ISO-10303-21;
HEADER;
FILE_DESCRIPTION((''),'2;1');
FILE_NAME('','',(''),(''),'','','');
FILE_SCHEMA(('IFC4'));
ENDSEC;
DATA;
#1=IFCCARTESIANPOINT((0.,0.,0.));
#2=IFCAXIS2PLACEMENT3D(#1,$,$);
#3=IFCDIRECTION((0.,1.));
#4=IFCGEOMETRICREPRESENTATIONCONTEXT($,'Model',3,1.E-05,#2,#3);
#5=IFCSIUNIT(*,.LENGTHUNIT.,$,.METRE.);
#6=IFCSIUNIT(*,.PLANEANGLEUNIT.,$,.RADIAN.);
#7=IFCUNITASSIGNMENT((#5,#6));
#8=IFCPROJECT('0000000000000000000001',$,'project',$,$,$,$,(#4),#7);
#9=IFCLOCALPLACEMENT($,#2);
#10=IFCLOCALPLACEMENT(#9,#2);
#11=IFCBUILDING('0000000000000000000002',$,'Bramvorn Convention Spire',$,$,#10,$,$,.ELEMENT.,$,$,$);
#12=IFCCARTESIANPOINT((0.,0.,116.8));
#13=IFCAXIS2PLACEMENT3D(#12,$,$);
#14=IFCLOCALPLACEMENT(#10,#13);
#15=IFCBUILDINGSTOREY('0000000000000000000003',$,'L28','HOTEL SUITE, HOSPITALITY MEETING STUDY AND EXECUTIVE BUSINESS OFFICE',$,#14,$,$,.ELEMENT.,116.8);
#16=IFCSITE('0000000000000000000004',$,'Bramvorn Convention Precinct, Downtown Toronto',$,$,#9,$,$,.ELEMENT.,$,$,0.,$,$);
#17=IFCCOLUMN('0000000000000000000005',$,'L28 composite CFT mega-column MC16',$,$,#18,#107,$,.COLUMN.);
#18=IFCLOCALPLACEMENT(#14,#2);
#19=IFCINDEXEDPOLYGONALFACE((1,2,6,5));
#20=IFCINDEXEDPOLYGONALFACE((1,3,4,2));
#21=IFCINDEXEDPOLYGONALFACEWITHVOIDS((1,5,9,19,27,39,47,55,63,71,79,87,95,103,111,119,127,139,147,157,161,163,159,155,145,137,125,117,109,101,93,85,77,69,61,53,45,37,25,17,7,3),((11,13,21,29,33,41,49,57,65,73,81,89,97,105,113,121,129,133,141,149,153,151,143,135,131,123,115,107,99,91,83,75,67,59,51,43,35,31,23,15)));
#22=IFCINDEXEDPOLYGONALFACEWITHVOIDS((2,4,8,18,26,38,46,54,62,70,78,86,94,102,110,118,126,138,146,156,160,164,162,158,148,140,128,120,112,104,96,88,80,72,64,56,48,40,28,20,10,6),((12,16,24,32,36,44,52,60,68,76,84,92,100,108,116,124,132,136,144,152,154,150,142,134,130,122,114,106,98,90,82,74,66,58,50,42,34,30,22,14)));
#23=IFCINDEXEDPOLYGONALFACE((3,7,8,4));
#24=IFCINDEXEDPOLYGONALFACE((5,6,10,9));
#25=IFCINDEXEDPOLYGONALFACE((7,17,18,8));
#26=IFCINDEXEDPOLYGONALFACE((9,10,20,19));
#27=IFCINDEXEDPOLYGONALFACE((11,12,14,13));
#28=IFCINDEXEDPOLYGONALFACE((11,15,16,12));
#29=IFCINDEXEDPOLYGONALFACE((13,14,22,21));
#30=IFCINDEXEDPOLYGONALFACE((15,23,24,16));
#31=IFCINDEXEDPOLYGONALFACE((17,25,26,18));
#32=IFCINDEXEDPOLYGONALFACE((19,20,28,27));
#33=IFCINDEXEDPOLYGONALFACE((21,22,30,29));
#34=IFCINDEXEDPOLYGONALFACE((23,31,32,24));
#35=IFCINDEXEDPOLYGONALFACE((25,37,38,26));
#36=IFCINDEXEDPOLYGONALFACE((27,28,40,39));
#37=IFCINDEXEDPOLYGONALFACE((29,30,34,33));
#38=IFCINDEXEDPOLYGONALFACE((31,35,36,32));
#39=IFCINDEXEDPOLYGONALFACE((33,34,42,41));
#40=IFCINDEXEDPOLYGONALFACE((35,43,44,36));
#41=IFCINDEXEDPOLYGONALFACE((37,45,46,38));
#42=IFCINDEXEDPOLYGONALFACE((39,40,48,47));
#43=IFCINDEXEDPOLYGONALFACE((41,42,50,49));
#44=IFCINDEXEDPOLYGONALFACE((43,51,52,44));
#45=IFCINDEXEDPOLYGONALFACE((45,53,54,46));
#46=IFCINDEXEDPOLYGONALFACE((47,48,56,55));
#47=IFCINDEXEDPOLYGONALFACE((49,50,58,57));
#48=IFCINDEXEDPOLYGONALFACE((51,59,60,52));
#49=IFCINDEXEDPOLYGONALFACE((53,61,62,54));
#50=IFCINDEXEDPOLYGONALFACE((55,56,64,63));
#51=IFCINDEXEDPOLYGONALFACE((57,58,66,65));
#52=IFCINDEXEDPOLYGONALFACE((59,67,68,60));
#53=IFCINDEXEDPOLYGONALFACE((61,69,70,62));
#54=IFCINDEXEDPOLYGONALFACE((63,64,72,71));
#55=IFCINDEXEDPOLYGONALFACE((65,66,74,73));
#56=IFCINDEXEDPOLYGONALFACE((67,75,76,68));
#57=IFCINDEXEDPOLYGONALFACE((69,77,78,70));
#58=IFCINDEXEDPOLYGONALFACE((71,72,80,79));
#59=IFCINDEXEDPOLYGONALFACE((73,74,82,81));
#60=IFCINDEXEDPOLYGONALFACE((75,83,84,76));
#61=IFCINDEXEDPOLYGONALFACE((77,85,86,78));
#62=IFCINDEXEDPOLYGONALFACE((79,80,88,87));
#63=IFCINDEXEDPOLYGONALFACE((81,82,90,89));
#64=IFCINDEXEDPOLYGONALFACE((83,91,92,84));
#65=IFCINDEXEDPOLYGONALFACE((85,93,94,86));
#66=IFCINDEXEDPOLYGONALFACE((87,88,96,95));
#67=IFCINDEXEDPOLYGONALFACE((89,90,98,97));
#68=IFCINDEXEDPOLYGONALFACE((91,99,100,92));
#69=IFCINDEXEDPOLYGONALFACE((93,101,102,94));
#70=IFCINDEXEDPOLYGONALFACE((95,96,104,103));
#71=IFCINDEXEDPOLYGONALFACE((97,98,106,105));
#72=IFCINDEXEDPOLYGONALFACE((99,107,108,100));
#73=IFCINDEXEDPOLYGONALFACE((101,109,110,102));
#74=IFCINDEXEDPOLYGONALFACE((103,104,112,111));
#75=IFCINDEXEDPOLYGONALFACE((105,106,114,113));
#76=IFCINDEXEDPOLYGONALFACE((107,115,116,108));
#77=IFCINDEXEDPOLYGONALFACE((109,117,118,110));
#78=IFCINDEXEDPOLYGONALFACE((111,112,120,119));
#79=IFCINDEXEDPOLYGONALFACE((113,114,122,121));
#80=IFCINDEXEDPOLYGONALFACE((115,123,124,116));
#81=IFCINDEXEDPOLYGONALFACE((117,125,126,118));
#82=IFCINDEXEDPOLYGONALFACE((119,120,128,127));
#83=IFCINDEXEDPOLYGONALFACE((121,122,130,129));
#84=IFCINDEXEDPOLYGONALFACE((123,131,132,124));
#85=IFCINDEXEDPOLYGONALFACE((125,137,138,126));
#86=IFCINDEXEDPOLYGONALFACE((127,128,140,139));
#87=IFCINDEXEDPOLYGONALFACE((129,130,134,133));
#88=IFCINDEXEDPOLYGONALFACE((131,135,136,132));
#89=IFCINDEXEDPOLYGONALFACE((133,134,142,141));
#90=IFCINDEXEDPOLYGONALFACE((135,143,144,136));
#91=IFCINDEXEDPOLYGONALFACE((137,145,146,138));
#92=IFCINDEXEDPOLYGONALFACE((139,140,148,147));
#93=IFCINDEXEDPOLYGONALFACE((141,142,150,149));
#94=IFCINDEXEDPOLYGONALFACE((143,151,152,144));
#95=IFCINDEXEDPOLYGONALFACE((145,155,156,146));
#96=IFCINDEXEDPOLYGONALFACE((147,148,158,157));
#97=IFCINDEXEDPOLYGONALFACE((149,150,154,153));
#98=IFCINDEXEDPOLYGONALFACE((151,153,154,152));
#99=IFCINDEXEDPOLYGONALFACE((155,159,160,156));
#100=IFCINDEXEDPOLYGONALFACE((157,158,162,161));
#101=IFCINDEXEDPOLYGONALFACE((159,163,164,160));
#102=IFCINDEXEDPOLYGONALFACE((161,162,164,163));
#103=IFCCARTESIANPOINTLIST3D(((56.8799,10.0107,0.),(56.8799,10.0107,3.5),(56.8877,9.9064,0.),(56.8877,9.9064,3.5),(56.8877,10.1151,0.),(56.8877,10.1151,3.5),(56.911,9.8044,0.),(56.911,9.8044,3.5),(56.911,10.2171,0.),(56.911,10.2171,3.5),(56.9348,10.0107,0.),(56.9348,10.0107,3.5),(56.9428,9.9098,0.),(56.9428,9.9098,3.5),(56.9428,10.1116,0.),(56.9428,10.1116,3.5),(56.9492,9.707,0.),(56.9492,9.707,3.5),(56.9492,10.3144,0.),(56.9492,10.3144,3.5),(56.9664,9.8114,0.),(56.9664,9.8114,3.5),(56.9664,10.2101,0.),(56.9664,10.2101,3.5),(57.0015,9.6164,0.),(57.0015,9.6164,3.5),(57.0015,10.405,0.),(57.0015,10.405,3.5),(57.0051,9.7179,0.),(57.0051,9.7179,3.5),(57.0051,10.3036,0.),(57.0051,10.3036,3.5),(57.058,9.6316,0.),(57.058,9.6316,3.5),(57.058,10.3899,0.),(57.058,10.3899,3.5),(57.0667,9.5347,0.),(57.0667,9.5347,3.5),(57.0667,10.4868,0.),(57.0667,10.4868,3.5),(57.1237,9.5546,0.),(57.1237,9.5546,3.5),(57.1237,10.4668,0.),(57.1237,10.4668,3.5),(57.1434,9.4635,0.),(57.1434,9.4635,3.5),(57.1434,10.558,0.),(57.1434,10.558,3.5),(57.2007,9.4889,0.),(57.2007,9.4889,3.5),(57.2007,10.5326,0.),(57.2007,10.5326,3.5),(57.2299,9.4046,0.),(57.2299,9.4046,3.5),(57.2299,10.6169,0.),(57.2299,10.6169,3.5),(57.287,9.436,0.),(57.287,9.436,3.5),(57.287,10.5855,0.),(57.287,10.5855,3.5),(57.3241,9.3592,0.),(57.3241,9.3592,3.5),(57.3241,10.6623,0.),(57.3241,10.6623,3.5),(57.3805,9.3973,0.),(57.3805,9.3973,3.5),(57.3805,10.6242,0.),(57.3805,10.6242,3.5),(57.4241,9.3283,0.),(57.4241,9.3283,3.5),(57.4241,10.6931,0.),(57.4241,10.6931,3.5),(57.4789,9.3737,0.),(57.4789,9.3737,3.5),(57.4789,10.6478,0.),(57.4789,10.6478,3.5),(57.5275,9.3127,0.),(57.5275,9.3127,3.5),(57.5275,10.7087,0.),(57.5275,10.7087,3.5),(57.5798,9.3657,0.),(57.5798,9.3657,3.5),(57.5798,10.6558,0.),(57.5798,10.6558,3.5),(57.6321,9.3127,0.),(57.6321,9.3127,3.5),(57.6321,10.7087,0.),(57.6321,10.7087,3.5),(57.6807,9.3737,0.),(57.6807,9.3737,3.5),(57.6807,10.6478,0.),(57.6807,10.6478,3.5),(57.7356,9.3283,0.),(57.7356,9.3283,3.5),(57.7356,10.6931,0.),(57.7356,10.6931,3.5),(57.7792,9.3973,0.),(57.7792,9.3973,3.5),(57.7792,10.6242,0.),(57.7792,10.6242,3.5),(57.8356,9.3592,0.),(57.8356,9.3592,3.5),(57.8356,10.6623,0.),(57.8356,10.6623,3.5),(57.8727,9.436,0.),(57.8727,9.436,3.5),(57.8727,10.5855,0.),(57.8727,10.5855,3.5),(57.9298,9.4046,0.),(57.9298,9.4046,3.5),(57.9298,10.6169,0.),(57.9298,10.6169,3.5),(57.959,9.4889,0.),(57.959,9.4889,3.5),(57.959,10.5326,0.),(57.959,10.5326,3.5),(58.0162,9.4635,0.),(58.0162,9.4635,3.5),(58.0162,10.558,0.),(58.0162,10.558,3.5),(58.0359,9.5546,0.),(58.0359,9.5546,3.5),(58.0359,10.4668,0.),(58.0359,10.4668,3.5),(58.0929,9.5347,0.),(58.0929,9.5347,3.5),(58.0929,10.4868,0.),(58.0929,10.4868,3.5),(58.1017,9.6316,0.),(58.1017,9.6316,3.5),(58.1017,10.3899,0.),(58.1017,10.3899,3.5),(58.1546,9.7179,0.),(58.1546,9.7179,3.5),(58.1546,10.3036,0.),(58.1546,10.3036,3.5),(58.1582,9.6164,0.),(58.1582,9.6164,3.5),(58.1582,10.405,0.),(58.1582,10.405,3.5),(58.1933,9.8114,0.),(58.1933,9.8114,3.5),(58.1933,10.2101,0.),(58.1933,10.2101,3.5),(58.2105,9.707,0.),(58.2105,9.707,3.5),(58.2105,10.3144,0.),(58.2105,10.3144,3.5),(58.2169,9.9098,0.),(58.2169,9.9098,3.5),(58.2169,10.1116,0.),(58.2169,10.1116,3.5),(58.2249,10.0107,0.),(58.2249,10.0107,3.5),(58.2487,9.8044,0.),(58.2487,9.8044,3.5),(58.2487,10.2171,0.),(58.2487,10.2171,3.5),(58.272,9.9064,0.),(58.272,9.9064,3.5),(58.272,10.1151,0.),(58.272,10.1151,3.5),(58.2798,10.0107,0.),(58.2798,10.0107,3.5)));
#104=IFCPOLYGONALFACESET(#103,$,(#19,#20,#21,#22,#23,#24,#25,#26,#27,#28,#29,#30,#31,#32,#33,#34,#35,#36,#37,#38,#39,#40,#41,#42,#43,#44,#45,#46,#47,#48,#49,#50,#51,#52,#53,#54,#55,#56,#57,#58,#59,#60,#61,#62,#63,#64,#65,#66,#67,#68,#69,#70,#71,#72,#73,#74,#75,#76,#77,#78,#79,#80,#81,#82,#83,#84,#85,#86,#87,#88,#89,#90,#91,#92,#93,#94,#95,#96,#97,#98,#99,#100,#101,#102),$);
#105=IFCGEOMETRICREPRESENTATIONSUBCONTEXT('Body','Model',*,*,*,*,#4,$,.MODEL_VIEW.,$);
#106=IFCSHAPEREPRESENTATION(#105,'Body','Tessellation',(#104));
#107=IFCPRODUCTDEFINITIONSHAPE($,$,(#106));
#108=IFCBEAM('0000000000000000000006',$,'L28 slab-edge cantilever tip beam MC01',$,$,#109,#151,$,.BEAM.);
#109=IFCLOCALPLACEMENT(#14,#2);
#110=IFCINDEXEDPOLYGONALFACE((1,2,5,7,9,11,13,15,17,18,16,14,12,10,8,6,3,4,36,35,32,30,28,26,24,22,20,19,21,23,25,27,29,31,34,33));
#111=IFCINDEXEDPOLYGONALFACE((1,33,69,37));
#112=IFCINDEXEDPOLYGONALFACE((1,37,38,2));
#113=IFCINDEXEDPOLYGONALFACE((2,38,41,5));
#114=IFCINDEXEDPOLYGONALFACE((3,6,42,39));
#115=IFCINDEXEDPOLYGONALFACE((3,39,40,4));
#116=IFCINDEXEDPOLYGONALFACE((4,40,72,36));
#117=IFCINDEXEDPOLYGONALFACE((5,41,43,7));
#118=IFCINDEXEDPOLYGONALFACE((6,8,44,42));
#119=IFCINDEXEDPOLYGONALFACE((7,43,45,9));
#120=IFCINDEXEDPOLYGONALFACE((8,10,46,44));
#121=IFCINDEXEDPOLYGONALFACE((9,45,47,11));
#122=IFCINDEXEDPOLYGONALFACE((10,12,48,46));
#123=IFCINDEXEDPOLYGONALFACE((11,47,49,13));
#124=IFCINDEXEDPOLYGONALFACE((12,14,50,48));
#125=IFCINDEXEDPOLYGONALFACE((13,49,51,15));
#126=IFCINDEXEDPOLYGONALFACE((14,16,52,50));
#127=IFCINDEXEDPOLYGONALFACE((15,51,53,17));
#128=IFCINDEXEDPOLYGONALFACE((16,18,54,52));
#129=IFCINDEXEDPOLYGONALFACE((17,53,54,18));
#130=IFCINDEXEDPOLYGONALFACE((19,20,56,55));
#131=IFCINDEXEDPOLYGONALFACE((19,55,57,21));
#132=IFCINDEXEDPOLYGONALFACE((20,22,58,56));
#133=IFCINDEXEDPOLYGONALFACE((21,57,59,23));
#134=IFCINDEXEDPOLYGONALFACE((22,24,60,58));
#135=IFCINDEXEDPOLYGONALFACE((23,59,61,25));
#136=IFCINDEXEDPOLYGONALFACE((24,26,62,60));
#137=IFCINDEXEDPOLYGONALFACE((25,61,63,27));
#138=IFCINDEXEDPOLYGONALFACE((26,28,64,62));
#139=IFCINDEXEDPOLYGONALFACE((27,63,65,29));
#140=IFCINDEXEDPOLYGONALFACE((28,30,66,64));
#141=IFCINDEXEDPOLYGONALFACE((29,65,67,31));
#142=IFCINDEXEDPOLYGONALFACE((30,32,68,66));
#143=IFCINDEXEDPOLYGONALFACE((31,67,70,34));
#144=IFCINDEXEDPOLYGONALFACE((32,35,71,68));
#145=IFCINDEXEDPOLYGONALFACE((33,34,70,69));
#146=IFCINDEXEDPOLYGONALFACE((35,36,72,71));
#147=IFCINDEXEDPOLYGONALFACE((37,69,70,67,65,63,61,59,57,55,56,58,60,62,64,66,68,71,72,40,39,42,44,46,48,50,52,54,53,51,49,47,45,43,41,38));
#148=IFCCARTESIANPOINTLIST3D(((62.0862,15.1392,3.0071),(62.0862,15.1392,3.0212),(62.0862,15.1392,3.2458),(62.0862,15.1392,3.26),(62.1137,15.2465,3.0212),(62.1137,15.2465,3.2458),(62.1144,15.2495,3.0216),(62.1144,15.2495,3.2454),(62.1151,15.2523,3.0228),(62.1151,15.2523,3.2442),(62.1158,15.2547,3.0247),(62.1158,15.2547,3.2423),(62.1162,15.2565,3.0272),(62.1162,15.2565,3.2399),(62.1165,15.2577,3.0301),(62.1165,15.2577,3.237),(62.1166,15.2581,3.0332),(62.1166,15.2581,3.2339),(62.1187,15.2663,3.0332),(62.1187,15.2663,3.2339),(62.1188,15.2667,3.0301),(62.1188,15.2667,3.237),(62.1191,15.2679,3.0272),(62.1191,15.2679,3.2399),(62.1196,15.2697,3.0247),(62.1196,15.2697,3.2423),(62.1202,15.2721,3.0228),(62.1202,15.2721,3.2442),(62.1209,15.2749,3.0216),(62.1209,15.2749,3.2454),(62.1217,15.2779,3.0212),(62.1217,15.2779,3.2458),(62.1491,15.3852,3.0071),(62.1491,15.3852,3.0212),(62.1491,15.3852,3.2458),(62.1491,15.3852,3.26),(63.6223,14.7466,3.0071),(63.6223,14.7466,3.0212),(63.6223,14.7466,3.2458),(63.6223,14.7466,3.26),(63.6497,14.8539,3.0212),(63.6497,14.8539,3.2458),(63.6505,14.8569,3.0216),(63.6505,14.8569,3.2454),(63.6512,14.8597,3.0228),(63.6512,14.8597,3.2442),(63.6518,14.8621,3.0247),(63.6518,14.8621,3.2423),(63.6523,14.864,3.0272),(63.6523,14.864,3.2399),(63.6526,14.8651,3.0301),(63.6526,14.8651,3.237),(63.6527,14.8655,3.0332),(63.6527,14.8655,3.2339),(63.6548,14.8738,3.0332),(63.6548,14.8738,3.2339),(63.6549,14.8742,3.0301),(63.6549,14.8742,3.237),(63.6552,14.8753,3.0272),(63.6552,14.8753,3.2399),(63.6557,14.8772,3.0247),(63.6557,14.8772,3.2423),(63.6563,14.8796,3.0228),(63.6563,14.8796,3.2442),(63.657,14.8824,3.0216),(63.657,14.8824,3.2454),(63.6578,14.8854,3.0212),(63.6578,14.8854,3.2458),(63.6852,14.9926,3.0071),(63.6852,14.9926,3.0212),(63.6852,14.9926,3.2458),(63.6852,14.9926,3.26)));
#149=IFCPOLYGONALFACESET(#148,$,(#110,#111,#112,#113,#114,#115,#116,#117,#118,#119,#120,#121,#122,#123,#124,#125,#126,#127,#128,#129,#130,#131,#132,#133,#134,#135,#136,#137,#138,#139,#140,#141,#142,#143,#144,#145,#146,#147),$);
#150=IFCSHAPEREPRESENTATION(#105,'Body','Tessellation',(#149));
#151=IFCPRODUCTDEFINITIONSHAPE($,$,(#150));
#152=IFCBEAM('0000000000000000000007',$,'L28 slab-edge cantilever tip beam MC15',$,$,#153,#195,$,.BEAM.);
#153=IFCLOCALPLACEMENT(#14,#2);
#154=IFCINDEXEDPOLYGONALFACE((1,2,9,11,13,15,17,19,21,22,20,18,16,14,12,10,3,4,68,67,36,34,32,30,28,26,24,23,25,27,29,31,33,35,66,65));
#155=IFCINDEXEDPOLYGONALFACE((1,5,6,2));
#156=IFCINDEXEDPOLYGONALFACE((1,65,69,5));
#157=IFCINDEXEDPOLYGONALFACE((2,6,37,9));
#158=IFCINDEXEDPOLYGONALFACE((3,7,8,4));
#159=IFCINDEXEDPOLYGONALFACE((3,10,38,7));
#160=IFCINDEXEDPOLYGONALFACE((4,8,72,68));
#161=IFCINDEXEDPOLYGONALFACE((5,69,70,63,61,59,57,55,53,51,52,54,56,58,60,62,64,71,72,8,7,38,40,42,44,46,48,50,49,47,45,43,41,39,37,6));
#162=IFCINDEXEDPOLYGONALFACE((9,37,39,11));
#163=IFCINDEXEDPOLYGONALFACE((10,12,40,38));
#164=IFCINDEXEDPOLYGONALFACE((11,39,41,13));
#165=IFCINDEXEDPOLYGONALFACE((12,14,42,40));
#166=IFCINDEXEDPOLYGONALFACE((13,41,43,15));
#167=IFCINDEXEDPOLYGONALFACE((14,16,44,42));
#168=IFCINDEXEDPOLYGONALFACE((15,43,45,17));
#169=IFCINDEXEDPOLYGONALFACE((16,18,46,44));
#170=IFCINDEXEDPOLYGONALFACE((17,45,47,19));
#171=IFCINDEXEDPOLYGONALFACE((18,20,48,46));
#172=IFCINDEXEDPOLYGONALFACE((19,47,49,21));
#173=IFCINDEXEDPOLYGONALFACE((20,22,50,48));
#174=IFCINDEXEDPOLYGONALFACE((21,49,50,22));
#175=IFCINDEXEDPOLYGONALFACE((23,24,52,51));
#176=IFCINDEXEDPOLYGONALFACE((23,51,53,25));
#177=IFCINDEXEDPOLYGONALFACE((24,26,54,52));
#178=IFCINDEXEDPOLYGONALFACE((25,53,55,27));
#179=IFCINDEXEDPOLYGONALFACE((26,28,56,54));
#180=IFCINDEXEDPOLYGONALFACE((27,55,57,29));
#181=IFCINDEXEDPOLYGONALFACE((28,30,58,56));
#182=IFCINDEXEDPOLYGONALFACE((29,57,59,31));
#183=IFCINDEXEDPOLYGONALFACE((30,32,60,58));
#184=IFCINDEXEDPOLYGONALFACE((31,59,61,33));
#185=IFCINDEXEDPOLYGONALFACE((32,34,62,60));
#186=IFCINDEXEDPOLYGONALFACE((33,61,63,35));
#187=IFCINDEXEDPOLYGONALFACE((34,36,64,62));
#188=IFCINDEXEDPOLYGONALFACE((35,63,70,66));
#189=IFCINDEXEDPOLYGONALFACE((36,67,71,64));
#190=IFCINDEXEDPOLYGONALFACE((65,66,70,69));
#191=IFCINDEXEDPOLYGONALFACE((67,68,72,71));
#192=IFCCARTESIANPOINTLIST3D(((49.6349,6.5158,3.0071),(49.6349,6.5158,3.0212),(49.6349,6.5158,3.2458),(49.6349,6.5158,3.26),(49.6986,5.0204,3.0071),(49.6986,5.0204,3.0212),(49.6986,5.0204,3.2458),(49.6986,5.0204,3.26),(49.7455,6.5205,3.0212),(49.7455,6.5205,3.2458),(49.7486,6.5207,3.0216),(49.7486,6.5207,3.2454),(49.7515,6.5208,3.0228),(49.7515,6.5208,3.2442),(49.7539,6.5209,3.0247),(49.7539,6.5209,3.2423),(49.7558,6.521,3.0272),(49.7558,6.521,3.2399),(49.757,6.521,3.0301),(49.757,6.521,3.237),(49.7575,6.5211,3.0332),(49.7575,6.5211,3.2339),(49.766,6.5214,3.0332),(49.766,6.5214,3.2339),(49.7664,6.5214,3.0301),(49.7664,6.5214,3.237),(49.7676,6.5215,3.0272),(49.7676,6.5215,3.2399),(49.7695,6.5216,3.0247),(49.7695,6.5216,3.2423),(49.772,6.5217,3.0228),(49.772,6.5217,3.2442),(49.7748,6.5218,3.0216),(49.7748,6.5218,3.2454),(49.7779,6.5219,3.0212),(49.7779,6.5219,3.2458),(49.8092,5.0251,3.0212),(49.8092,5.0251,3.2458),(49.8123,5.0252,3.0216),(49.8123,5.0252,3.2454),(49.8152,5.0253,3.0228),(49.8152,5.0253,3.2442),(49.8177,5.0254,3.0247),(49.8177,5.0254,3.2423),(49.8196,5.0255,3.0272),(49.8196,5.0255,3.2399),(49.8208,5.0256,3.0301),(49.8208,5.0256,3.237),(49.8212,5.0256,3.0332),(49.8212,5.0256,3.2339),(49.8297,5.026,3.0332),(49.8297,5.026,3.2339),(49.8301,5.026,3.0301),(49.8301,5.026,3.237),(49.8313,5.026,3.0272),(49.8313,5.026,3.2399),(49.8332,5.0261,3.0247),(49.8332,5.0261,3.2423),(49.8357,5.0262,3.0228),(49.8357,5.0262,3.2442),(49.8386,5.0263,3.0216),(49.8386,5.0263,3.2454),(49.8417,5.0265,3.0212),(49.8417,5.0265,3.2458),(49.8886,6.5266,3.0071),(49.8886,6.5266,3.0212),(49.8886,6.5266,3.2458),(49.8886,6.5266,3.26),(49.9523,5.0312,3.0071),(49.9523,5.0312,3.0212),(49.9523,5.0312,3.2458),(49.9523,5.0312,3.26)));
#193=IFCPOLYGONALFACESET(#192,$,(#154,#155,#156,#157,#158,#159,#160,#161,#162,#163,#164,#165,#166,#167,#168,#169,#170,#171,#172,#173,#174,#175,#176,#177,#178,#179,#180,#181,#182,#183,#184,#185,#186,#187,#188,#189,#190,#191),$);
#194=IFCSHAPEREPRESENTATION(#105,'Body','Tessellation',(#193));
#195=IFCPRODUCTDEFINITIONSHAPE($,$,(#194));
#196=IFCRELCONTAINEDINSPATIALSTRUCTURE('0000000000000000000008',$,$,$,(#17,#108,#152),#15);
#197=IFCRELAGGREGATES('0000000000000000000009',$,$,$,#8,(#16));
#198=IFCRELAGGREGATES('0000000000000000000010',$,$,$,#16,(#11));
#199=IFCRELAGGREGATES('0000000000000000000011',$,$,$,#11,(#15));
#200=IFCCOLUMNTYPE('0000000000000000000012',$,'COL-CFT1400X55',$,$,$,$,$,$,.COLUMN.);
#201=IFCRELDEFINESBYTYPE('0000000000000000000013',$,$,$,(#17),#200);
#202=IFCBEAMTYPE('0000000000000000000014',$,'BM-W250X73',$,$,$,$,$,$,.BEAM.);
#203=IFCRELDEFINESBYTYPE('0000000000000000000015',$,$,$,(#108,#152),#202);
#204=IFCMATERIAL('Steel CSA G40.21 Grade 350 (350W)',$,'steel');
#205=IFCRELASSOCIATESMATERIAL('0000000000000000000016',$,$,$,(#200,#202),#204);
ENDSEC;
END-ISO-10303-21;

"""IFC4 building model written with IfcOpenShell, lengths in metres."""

from ifc_helpers import new_model, si_unit, direction, frame, origin, origin_2d, place, context, subcontext, project, spatial, hollow_circle, i_section, extrude, material, material_profile, profile_set, type_object, element, save


model = new_model("IFC4")

# Units and contexts
model_context = context("Model", 3, precision=1e-05, world=origin(), true_north=direction((0.0, 1.0)))
body_context = subcontext(model_context, "Body", "Model", "MODEL_VIEW")
ifc_project = project(units=[si_unit("LENGTHUNIT", "METRE"), si_unit("PLANEANGLEUNIT", "RADIAN")], contexts=[model_context])

# Site, building, storey
site_placement = place(None, origin())
site = spatial("IfcSite", under=ifc_project, at=site_placement, Name="Bramvorn Convention Precinct, Downtown Toronto", CompositionType="ELEMENT", RefElevation=0.0)
building_placement = place(site_placement, origin())
building = spatial("IfcBuilding", under=site, at=building_placement, Name="Bramvorn Convention Spire", CompositionType="ELEMENT")
storey_placement = place(building_placement, frame((0.0, 0.0, 116.8)))
storey = spatial("IfcBuildingStorey", under=building, at=storey_placement, Name="L28", Description="HOTEL SUITE, HOSPITALITY MEETING STUDY AND EXECUTIVE BUSINESS OFFICE", CompositionType="ELEMENT", Elevation=116.8)

# Column
ifc_material_1 = material(Name="Steel CSA G40.21 Grade 350 (350W)", Category="steel")
ifc_material_profile_1 = material_profile(ifc_material_1, hollow_circle(Radius=0.7, WallThickness=0.0549, at=origin_2d()))
ifc_profile_set_1 = profile_set([ifc_material_profile_1], Name="Steel CSA G40.21 Grade 350 (350W) - CFT1400X55")
column_type = type_object("IfcColumnType", Name="COL-CFT1400X55", PredefinedType="COLUMN", material=ifc_profile_set_1)
for number, where, z_axis, x_axis, name in (
    (1, (57.5798, 10.0107, 0.0), (0.0, 0.0, 1.0), (1.0, 0.0, 0.0), "L28 composite CFT mega-column MC16"),
):
    element("IfcColumn", number, at=place(storey_placement, frame(where, z_axis=z_axis, x_axis=x_axis)), inside=storey, type_object=column_type, Name=name, PredefinedType="COLUMN", context=body_context, shape_type="SweptSolid", body=[
        extrude(hollow_circle(Radius=0.7, WallThickness=0.0549, at=origin_2d()), origin(), (0.0, 0.0, 1.0), 3.5),
    ])

# Beams
ifc_material_profile_2 = material_profile(ifc_material_1, i_section(OverallWidth=0.2539, OverallDepth=0.2529, WebThickness=0.0085, FlangeThickness=0.0142, FilletRadius=0.012, at=origin_2d()))
ifc_profile_set_2 = profile_set([ifc_material_profile_2], Name="Steel CSA G40.21 Grade 350 (350W) - W250X73")
beam_type_1 = type_object("IfcBeamType", Name="BM-W250X73", PredefinedType="BEAM", material=ifc_profile_set_2)
beam_1_placement = place(storey_placement, frame((62.1177, 15.2622, 3.1335), z_axis=(0.968861, -0.247605, 0.0), x_axis=(0.247605, 0.968861, 0.0)))
element("IfcBeam", 2, at=beam_1_placement, inside=storey, type_object=beam_type_1, Name="L28 slab-edge cantilever tip beam MC01", PredefinedType="BEAM", context=body_context, shape_type="SweptSolid", body=[
    extrude(i_section(OverallWidth=0.2539, OverallDepth=0.2529, WebThickness=0.0085, FlangeThickness=0.0142, FilletRadius=0.012, at=origin_2d()), origin(), (0.0, 0.0, 1.0), 1.5854),
])
beam_2_placement = place(storey_placement, frame((49.7617, 6.5212, 3.1335), z_axis=(0.042574, -0.999093, 0.0), x_axis=(0.999093, 0.042574, 0.0)))
element("IfcBeam", 3, at=beam_2_placement, inside=storey, type_object=beam_type_1, Name="L28 slab-edge cantilever tip beam MC15", PredefinedType="BEAM", context=body_context, shape_type="SweptSolid", body=[
    extrude(i_section(OverallWidth=0.2539, OverallDepth=0.2529, WebThickness=0.0085, FlangeThickness=0.0142, FilletRadius=0.012, at=origin_2d()), origin(), (0.0, 0.0, 1.0), 1.4968),
])

save(model, "model.ifc")
